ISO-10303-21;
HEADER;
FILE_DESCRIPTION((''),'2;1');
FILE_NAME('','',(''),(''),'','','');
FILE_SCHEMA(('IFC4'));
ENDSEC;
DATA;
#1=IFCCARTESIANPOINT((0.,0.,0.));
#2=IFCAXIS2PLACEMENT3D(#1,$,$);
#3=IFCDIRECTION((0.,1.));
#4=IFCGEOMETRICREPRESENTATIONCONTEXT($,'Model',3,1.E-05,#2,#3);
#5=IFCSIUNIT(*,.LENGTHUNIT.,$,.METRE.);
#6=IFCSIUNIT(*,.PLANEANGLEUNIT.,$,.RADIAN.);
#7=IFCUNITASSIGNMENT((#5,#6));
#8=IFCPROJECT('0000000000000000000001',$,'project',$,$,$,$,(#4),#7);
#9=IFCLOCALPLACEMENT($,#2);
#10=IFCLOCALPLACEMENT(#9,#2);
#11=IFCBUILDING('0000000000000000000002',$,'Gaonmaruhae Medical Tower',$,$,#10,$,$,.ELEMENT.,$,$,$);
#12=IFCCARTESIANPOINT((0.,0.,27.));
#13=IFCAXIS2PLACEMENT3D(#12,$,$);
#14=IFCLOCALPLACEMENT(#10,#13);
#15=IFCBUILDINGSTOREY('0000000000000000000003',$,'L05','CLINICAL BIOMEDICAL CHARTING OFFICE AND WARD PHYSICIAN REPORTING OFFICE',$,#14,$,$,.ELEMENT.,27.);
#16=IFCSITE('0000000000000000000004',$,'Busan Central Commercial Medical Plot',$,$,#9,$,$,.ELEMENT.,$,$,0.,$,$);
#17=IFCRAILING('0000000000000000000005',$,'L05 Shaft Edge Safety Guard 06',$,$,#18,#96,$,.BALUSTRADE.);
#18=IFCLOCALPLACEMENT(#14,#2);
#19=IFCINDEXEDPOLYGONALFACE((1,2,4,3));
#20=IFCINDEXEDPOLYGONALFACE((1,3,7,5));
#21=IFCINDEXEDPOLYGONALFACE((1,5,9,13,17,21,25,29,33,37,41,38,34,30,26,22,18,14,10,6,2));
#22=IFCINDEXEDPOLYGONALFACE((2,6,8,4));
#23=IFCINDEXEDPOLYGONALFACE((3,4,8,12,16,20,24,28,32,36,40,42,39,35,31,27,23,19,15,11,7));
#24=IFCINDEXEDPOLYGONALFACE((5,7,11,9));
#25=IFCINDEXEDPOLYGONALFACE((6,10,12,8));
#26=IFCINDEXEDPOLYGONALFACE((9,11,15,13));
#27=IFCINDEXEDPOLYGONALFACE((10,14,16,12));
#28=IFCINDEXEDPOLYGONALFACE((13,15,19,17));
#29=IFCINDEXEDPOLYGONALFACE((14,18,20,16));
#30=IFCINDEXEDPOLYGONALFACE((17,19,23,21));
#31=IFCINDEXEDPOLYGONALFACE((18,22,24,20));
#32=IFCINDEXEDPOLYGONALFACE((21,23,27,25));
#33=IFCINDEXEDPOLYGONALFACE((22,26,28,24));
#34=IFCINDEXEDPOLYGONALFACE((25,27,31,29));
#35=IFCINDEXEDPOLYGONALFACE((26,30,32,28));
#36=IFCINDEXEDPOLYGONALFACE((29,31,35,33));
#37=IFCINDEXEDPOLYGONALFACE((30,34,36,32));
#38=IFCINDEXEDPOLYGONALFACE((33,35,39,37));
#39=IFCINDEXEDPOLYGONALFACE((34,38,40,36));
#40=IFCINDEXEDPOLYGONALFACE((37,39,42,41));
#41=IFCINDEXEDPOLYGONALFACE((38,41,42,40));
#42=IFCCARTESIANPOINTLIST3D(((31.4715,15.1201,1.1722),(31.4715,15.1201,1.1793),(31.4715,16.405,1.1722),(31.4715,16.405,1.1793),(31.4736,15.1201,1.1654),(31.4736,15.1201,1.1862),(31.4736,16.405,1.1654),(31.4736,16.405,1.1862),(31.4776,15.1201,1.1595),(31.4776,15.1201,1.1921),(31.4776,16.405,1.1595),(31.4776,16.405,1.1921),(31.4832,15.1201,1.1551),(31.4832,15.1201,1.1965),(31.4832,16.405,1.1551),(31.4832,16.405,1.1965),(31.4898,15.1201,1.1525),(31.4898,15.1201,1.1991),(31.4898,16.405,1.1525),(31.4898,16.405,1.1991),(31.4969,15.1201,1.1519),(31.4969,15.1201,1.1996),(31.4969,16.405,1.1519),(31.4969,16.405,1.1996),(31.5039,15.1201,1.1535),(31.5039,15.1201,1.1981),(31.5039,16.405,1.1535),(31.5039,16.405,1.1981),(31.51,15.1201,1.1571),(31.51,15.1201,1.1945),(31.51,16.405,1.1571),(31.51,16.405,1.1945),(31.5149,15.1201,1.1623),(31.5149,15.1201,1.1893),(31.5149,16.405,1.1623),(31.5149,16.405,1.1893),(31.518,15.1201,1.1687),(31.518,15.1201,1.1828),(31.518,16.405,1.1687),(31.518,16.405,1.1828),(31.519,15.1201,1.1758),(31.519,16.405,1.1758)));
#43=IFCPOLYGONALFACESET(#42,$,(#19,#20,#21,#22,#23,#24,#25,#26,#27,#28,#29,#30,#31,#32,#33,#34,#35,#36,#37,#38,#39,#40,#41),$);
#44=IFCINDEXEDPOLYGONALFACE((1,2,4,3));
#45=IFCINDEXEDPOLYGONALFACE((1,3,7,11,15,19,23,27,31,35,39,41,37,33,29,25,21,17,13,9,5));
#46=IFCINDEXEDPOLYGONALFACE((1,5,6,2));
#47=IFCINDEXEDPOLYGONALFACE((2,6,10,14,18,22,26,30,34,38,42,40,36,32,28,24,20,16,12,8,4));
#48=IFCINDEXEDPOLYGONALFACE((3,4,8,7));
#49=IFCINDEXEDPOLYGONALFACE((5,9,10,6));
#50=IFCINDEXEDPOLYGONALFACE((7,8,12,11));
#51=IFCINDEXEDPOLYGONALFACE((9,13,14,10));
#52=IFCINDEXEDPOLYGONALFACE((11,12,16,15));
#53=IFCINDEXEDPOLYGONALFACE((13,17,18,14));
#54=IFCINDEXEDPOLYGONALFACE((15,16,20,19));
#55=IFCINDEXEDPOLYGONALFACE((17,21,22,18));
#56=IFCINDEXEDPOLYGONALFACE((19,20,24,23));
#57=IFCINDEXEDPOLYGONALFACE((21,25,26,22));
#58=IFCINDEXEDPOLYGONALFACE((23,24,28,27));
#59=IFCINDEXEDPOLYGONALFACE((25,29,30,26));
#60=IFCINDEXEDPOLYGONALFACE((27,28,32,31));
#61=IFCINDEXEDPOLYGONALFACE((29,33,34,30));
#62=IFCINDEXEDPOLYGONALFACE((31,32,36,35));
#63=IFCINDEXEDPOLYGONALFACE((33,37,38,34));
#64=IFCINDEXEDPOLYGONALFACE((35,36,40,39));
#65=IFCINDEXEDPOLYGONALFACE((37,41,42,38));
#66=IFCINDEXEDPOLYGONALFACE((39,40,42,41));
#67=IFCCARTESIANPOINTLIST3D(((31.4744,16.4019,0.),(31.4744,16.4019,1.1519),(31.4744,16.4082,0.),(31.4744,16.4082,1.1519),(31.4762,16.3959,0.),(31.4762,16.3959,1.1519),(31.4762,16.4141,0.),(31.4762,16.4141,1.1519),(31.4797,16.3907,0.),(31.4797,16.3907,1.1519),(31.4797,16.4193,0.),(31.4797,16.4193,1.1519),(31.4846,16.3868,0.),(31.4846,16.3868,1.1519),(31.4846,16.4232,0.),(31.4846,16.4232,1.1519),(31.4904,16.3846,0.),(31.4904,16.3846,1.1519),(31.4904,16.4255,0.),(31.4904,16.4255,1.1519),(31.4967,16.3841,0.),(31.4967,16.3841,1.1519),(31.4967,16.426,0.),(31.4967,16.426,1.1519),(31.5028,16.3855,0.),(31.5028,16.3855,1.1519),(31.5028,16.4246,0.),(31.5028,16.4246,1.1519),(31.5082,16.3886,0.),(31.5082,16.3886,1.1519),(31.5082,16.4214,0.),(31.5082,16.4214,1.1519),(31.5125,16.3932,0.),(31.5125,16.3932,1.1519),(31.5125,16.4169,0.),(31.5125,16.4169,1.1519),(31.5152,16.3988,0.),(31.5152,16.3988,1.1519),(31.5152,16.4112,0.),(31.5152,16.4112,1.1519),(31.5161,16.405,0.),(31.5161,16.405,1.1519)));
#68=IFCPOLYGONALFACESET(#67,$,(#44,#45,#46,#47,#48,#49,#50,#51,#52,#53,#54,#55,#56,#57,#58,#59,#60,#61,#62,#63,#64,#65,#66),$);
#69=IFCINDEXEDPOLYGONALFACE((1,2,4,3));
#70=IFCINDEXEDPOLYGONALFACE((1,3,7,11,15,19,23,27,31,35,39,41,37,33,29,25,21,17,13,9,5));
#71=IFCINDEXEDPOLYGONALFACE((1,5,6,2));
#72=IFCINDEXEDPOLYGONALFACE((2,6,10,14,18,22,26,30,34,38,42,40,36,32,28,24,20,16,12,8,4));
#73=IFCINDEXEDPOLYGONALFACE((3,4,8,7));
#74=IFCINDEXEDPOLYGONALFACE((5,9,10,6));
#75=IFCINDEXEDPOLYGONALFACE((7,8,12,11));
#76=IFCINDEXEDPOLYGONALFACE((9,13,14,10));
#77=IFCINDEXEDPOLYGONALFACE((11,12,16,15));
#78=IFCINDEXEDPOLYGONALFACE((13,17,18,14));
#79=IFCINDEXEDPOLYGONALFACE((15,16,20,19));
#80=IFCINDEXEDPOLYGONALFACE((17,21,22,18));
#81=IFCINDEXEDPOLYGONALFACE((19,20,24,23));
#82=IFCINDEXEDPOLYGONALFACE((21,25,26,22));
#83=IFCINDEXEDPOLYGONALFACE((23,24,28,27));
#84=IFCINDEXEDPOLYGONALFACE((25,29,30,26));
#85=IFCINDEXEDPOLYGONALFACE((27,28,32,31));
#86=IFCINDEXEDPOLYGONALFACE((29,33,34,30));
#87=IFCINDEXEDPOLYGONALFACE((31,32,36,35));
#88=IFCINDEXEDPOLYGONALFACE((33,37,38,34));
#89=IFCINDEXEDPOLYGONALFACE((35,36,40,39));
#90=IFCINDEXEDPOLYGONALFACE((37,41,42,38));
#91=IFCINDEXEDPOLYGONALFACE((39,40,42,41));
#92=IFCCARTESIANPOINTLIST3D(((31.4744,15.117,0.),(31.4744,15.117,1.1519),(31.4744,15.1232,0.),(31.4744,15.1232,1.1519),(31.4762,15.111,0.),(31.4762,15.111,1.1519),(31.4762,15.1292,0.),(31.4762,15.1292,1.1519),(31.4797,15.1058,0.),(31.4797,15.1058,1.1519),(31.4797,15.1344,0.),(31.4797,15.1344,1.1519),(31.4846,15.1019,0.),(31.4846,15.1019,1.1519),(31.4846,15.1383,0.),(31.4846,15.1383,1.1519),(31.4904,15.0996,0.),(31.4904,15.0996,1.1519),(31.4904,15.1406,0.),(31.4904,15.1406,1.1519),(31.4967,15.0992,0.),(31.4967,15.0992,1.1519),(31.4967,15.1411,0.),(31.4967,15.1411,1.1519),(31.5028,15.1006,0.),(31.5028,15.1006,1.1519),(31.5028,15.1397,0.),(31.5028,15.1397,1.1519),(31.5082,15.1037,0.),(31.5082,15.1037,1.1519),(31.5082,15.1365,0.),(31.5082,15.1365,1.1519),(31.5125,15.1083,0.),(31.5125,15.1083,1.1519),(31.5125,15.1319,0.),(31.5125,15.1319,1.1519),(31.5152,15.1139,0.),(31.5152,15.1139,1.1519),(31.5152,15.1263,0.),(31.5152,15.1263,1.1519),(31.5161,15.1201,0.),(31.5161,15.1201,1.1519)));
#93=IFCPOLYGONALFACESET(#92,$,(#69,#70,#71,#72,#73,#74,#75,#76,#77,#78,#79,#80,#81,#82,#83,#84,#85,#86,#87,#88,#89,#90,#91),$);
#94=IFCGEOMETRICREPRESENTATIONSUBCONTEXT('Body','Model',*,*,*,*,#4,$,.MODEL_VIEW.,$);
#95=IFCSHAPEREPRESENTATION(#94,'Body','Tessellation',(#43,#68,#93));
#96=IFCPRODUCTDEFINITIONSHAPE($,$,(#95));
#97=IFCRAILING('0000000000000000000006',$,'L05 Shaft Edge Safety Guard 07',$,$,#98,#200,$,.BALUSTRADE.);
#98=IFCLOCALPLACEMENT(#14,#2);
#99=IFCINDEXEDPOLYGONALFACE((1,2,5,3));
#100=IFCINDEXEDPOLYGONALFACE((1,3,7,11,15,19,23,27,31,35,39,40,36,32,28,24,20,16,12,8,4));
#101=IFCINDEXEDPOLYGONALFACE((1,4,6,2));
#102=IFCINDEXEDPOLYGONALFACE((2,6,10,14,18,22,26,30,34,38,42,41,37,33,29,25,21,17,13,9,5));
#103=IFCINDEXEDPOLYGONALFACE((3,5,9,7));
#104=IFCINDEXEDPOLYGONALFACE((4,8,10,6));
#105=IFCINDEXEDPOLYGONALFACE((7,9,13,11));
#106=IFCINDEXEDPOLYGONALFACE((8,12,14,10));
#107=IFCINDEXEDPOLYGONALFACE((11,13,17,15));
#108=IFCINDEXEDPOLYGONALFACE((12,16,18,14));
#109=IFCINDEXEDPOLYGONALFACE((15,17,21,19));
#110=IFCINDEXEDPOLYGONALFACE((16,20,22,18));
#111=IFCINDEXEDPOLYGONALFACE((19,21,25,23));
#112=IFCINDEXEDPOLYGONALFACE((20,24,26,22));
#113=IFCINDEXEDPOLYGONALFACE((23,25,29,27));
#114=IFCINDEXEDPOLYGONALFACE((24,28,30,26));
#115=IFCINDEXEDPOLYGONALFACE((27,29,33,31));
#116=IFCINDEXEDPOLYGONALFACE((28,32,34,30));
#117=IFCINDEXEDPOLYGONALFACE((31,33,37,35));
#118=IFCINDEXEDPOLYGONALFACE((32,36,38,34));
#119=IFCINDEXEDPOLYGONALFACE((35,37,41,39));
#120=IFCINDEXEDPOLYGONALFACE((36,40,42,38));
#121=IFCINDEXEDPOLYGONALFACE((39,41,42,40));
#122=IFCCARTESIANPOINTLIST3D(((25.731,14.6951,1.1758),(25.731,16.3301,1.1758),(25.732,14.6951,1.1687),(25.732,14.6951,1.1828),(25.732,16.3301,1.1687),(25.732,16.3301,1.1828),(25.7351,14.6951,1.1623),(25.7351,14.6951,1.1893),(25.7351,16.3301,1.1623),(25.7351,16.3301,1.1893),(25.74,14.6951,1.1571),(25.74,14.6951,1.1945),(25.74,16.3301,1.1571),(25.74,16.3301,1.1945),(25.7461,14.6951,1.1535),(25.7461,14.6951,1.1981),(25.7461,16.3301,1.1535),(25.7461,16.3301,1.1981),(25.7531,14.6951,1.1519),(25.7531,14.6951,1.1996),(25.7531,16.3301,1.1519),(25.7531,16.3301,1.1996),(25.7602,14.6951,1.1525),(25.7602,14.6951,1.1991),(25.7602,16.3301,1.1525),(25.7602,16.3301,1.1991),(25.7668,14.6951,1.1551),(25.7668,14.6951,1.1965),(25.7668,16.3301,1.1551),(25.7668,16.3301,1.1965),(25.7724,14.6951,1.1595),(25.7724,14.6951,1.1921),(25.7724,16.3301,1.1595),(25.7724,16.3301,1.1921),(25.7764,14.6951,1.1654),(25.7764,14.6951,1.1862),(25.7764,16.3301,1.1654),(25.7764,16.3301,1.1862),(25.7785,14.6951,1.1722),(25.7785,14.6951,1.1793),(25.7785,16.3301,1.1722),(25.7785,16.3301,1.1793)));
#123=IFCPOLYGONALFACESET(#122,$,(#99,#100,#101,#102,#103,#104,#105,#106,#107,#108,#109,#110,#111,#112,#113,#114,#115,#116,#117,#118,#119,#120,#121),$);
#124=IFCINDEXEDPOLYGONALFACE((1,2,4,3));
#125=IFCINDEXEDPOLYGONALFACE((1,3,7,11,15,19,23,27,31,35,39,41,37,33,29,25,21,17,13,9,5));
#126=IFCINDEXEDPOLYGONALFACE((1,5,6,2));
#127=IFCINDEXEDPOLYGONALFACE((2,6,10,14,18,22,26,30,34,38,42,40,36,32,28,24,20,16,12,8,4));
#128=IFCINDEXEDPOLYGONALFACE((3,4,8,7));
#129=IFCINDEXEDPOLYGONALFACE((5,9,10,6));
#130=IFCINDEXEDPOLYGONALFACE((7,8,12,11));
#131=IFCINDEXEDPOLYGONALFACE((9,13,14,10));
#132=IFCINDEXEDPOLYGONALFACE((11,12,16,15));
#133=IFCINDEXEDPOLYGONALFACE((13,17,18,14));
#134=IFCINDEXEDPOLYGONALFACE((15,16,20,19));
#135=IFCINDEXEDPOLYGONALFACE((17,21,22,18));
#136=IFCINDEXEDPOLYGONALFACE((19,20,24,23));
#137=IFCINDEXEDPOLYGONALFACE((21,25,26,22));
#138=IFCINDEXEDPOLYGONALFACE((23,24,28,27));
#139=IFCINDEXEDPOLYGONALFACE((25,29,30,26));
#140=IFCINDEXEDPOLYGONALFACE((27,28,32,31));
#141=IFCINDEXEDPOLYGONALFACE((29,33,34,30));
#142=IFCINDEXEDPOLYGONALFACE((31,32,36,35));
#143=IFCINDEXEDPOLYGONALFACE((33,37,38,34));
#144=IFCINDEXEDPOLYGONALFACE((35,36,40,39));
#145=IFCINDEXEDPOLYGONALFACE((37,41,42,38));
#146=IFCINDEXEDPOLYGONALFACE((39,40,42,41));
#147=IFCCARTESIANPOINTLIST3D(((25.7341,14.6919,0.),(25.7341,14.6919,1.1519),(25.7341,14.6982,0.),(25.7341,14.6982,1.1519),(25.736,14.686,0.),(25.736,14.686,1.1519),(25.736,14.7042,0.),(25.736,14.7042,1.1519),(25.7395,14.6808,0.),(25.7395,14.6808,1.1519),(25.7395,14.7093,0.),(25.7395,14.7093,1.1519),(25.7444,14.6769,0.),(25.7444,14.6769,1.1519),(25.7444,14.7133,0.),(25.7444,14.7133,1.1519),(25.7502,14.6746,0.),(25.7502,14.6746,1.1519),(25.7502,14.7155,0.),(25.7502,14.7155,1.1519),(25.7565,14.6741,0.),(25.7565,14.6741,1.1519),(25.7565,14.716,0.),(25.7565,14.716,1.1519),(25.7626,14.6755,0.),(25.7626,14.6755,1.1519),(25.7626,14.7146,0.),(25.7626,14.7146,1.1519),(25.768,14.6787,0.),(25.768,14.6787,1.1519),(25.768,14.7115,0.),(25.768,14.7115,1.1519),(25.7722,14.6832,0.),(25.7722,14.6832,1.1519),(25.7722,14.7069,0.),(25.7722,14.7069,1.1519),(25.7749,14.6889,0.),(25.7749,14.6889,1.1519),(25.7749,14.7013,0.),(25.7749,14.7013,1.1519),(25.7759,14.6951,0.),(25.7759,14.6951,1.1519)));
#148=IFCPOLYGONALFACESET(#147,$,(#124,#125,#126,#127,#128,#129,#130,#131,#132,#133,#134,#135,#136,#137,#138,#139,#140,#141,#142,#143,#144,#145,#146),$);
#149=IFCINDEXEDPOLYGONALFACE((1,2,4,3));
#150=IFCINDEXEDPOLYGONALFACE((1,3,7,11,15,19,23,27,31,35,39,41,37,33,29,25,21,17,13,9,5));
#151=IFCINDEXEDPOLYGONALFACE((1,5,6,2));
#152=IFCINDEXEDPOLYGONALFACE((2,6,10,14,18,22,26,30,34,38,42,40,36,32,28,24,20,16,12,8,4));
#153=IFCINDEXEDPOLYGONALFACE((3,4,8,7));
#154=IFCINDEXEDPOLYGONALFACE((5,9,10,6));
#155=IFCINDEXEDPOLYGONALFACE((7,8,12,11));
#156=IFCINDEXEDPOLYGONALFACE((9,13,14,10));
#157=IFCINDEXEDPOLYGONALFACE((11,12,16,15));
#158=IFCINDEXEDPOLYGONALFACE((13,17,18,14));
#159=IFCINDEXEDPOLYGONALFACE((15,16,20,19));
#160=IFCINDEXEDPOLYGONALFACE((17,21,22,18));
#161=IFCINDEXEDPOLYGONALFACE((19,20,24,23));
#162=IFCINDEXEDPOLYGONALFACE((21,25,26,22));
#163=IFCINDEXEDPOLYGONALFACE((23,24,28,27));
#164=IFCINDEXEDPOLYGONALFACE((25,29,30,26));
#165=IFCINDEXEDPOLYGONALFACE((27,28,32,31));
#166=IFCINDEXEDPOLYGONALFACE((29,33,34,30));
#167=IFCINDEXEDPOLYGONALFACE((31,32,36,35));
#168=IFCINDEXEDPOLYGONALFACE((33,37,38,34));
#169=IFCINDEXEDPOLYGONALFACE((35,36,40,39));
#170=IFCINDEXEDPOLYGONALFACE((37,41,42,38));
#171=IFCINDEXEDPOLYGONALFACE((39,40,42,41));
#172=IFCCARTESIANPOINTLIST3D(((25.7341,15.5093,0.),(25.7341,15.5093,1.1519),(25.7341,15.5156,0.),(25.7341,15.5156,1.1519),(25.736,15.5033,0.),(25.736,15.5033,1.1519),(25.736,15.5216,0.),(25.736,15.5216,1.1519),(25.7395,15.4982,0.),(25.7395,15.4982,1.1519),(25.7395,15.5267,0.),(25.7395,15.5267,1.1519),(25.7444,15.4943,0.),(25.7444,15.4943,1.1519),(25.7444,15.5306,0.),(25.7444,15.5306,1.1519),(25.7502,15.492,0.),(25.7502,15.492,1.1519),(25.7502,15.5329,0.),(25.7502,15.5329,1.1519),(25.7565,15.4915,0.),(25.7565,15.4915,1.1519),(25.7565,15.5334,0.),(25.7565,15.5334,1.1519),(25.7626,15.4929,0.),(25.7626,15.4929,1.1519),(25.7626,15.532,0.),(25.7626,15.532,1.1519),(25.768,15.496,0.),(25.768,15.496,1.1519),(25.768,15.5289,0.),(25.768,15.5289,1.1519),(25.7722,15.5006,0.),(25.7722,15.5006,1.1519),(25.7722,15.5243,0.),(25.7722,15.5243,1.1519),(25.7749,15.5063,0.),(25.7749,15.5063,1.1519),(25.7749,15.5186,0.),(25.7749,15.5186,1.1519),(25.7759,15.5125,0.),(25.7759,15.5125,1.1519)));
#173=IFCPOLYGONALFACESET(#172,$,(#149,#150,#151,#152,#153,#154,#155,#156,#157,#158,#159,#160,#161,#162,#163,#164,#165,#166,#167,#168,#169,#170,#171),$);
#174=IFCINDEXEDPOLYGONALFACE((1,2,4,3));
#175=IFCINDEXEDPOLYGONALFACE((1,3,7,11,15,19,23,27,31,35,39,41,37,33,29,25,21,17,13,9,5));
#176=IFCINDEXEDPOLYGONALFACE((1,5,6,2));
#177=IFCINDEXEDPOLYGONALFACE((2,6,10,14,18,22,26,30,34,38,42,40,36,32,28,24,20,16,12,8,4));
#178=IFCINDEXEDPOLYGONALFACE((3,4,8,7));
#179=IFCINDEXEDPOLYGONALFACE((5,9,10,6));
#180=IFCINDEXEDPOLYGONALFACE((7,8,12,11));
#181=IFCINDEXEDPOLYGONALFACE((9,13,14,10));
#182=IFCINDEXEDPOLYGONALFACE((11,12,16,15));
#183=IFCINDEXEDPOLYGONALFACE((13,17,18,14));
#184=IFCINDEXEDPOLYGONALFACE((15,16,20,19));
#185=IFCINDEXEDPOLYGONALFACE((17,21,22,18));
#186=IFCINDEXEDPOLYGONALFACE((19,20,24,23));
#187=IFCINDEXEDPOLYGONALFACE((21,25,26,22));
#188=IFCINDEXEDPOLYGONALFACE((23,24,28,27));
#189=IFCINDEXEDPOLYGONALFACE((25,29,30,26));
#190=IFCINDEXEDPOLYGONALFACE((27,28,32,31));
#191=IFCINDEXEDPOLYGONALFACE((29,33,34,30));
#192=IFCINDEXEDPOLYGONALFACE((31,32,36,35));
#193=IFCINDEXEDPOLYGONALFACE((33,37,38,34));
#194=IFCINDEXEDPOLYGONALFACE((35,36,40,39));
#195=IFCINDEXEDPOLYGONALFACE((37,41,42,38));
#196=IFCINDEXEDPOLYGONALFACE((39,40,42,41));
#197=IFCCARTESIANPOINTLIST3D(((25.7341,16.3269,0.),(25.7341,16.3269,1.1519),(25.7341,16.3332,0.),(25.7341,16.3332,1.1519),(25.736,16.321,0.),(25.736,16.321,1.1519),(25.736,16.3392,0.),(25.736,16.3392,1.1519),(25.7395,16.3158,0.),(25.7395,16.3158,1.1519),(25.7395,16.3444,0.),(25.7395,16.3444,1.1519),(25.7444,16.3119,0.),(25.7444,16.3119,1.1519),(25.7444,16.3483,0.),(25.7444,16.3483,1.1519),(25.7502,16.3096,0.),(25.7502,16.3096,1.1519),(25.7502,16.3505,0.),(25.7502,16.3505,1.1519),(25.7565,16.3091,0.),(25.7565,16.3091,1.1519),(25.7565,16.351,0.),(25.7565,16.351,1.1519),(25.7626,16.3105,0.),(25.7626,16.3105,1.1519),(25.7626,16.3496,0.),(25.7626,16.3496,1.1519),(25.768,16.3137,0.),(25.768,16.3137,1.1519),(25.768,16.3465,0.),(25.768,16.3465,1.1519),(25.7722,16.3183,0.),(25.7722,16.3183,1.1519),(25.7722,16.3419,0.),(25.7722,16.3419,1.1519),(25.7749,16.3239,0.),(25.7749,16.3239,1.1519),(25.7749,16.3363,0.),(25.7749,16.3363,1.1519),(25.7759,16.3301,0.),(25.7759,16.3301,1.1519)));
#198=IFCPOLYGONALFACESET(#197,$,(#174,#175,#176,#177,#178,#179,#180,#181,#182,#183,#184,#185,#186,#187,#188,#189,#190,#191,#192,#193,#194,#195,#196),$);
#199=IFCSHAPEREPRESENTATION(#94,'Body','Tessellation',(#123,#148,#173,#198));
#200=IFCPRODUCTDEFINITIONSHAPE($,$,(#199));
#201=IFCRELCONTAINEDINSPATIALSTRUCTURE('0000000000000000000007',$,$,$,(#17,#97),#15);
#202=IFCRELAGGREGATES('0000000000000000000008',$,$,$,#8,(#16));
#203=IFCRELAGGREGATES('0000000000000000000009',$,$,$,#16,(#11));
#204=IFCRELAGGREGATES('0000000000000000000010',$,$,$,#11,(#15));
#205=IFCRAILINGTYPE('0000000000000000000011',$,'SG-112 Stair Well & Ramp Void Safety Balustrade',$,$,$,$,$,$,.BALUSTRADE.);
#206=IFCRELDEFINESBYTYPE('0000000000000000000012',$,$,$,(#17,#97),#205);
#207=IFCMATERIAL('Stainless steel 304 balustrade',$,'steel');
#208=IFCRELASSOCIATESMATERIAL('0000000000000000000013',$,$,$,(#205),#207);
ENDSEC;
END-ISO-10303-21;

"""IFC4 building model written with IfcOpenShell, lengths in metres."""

from ifc_helpers import new_model, si_unit, direction, frame, origin, origin_2d, place, context, subcontext, project, spatial, circle, extrude, material, type_object, element, save


model = new_model("IFC4")

# Units and contexts
model_context = context("Model", 3, precision=1e-05, world=origin(), true_north=direction((0.0, 1.0)))
body_context = subcontext(model_context, "Body", "Model", "MODEL_VIEW")
ifc_project = project(units=[si_unit("LENGTHUNIT", "METRE"), si_unit("PLANEANGLEUNIT", "RADIAN")], contexts=[model_context])

# Site, building, storey
site_placement = place(None, origin())
site = spatial("IfcSite", under=ifc_project, at=site_placement, Name="Busan Central Commercial Medical Plot", CompositionType="ELEMENT", RefElevation=0.0)
building_placement = place(site_placement, origin())
building = spatial("IfcBuilding", under=site, at=building_placement, Name="Gaonmaruhae Medical Tower", CompositionType="ELEMENT")
storey_placement = place(building_placement, frame((0.0, 0.0, 27.0)))
storey = spatial("IfcBuildingStorey", under=building, at=storey_placement, Name="L05", Description="CLINICAL BIOMEDICAL CHARTING OFFICE AND WARD PHYSICIAN REPORTING OFFICE", CompositionType="ELEMENT", Elevation=27.0)

# Railings
ifc_material_1 = material(Name="Stainless steel 304 balustrade", Category="steel")
railing_type_1 = type_object("IfcRailingType", Name="SG-112 Stair Well & Ramp Void Safety Balustrade", PredefinedType="BALUSTRADE", material=ifc_material_1)
railing_1_placement = place(storey_placement, frame((31.4951, 16.405, 0.0)))
element("IfcRailing", 1, at=railing_1_placement, inside=storey, type_object=railing_type_1, Name="L05 Shaft Edge Safety Guard 06", PredefinedType="BALUSTRADE", context=body_context, shape_type="SweptSolid", body=[
    extrude(circle(Radius=0.0239, at=origin_2d()), frame((0.0, 0.0, 1.1758), z_axis=(0.0, -1.0, 0.0), x_axis=(1.0, 0.0, 0.0)), (0.0, 0.0, 1.0), 1.2849),
    extrude(circle(Radius=0.021, at=origin_2d()), origin(), (0.0, 0.0, 1.0), 1.1519),
    extrude(circle(Radius=0.021, at=origin_2d()), frame((0.0, -1.2849, 0.0)), (0.0, 0.0, 1.0), 1.1519),
])
railing_2_placement = place(storey_placement, frame((25.7549, 14.6951, 0.0)))
element("IfcRailing", 2, at=railing_2_placement, inside=storey, type_object=railing_type_1, Name="L05 Shaft Edge Safety Guard 07", PredefinedType="BALUSTRADE", context=body_context, shape_type="SweptSolid", body=[
    extrude(circle(Radius=0.0239, at=origin_2d()), frame((0.0, 0.0, 1.1758), z_axis=(0.0, 1.0, 0.0), x_axis=(-1.0, 0.0, 0.0)), (0.0, 0.0, 1.0), 1.635),
    extrude(circle(Radius=0.021, at=origin_2d()), origin(), (0.0, 0.0, 1.0), 1.1519),
    extrude(circle(Radius=0.021, at=origin_2d()), frame((0.0, 0.8174, 0.0)), (0.0, 0.0, 1.0), 1.1519),
    extrude(circle(Radius=0.021, at=origin_2d()), frame((0.0, 1.635, 0.0)), (0.0, 0.0, 1.0), 1.1519),
])

save(model, "model.ifc")
